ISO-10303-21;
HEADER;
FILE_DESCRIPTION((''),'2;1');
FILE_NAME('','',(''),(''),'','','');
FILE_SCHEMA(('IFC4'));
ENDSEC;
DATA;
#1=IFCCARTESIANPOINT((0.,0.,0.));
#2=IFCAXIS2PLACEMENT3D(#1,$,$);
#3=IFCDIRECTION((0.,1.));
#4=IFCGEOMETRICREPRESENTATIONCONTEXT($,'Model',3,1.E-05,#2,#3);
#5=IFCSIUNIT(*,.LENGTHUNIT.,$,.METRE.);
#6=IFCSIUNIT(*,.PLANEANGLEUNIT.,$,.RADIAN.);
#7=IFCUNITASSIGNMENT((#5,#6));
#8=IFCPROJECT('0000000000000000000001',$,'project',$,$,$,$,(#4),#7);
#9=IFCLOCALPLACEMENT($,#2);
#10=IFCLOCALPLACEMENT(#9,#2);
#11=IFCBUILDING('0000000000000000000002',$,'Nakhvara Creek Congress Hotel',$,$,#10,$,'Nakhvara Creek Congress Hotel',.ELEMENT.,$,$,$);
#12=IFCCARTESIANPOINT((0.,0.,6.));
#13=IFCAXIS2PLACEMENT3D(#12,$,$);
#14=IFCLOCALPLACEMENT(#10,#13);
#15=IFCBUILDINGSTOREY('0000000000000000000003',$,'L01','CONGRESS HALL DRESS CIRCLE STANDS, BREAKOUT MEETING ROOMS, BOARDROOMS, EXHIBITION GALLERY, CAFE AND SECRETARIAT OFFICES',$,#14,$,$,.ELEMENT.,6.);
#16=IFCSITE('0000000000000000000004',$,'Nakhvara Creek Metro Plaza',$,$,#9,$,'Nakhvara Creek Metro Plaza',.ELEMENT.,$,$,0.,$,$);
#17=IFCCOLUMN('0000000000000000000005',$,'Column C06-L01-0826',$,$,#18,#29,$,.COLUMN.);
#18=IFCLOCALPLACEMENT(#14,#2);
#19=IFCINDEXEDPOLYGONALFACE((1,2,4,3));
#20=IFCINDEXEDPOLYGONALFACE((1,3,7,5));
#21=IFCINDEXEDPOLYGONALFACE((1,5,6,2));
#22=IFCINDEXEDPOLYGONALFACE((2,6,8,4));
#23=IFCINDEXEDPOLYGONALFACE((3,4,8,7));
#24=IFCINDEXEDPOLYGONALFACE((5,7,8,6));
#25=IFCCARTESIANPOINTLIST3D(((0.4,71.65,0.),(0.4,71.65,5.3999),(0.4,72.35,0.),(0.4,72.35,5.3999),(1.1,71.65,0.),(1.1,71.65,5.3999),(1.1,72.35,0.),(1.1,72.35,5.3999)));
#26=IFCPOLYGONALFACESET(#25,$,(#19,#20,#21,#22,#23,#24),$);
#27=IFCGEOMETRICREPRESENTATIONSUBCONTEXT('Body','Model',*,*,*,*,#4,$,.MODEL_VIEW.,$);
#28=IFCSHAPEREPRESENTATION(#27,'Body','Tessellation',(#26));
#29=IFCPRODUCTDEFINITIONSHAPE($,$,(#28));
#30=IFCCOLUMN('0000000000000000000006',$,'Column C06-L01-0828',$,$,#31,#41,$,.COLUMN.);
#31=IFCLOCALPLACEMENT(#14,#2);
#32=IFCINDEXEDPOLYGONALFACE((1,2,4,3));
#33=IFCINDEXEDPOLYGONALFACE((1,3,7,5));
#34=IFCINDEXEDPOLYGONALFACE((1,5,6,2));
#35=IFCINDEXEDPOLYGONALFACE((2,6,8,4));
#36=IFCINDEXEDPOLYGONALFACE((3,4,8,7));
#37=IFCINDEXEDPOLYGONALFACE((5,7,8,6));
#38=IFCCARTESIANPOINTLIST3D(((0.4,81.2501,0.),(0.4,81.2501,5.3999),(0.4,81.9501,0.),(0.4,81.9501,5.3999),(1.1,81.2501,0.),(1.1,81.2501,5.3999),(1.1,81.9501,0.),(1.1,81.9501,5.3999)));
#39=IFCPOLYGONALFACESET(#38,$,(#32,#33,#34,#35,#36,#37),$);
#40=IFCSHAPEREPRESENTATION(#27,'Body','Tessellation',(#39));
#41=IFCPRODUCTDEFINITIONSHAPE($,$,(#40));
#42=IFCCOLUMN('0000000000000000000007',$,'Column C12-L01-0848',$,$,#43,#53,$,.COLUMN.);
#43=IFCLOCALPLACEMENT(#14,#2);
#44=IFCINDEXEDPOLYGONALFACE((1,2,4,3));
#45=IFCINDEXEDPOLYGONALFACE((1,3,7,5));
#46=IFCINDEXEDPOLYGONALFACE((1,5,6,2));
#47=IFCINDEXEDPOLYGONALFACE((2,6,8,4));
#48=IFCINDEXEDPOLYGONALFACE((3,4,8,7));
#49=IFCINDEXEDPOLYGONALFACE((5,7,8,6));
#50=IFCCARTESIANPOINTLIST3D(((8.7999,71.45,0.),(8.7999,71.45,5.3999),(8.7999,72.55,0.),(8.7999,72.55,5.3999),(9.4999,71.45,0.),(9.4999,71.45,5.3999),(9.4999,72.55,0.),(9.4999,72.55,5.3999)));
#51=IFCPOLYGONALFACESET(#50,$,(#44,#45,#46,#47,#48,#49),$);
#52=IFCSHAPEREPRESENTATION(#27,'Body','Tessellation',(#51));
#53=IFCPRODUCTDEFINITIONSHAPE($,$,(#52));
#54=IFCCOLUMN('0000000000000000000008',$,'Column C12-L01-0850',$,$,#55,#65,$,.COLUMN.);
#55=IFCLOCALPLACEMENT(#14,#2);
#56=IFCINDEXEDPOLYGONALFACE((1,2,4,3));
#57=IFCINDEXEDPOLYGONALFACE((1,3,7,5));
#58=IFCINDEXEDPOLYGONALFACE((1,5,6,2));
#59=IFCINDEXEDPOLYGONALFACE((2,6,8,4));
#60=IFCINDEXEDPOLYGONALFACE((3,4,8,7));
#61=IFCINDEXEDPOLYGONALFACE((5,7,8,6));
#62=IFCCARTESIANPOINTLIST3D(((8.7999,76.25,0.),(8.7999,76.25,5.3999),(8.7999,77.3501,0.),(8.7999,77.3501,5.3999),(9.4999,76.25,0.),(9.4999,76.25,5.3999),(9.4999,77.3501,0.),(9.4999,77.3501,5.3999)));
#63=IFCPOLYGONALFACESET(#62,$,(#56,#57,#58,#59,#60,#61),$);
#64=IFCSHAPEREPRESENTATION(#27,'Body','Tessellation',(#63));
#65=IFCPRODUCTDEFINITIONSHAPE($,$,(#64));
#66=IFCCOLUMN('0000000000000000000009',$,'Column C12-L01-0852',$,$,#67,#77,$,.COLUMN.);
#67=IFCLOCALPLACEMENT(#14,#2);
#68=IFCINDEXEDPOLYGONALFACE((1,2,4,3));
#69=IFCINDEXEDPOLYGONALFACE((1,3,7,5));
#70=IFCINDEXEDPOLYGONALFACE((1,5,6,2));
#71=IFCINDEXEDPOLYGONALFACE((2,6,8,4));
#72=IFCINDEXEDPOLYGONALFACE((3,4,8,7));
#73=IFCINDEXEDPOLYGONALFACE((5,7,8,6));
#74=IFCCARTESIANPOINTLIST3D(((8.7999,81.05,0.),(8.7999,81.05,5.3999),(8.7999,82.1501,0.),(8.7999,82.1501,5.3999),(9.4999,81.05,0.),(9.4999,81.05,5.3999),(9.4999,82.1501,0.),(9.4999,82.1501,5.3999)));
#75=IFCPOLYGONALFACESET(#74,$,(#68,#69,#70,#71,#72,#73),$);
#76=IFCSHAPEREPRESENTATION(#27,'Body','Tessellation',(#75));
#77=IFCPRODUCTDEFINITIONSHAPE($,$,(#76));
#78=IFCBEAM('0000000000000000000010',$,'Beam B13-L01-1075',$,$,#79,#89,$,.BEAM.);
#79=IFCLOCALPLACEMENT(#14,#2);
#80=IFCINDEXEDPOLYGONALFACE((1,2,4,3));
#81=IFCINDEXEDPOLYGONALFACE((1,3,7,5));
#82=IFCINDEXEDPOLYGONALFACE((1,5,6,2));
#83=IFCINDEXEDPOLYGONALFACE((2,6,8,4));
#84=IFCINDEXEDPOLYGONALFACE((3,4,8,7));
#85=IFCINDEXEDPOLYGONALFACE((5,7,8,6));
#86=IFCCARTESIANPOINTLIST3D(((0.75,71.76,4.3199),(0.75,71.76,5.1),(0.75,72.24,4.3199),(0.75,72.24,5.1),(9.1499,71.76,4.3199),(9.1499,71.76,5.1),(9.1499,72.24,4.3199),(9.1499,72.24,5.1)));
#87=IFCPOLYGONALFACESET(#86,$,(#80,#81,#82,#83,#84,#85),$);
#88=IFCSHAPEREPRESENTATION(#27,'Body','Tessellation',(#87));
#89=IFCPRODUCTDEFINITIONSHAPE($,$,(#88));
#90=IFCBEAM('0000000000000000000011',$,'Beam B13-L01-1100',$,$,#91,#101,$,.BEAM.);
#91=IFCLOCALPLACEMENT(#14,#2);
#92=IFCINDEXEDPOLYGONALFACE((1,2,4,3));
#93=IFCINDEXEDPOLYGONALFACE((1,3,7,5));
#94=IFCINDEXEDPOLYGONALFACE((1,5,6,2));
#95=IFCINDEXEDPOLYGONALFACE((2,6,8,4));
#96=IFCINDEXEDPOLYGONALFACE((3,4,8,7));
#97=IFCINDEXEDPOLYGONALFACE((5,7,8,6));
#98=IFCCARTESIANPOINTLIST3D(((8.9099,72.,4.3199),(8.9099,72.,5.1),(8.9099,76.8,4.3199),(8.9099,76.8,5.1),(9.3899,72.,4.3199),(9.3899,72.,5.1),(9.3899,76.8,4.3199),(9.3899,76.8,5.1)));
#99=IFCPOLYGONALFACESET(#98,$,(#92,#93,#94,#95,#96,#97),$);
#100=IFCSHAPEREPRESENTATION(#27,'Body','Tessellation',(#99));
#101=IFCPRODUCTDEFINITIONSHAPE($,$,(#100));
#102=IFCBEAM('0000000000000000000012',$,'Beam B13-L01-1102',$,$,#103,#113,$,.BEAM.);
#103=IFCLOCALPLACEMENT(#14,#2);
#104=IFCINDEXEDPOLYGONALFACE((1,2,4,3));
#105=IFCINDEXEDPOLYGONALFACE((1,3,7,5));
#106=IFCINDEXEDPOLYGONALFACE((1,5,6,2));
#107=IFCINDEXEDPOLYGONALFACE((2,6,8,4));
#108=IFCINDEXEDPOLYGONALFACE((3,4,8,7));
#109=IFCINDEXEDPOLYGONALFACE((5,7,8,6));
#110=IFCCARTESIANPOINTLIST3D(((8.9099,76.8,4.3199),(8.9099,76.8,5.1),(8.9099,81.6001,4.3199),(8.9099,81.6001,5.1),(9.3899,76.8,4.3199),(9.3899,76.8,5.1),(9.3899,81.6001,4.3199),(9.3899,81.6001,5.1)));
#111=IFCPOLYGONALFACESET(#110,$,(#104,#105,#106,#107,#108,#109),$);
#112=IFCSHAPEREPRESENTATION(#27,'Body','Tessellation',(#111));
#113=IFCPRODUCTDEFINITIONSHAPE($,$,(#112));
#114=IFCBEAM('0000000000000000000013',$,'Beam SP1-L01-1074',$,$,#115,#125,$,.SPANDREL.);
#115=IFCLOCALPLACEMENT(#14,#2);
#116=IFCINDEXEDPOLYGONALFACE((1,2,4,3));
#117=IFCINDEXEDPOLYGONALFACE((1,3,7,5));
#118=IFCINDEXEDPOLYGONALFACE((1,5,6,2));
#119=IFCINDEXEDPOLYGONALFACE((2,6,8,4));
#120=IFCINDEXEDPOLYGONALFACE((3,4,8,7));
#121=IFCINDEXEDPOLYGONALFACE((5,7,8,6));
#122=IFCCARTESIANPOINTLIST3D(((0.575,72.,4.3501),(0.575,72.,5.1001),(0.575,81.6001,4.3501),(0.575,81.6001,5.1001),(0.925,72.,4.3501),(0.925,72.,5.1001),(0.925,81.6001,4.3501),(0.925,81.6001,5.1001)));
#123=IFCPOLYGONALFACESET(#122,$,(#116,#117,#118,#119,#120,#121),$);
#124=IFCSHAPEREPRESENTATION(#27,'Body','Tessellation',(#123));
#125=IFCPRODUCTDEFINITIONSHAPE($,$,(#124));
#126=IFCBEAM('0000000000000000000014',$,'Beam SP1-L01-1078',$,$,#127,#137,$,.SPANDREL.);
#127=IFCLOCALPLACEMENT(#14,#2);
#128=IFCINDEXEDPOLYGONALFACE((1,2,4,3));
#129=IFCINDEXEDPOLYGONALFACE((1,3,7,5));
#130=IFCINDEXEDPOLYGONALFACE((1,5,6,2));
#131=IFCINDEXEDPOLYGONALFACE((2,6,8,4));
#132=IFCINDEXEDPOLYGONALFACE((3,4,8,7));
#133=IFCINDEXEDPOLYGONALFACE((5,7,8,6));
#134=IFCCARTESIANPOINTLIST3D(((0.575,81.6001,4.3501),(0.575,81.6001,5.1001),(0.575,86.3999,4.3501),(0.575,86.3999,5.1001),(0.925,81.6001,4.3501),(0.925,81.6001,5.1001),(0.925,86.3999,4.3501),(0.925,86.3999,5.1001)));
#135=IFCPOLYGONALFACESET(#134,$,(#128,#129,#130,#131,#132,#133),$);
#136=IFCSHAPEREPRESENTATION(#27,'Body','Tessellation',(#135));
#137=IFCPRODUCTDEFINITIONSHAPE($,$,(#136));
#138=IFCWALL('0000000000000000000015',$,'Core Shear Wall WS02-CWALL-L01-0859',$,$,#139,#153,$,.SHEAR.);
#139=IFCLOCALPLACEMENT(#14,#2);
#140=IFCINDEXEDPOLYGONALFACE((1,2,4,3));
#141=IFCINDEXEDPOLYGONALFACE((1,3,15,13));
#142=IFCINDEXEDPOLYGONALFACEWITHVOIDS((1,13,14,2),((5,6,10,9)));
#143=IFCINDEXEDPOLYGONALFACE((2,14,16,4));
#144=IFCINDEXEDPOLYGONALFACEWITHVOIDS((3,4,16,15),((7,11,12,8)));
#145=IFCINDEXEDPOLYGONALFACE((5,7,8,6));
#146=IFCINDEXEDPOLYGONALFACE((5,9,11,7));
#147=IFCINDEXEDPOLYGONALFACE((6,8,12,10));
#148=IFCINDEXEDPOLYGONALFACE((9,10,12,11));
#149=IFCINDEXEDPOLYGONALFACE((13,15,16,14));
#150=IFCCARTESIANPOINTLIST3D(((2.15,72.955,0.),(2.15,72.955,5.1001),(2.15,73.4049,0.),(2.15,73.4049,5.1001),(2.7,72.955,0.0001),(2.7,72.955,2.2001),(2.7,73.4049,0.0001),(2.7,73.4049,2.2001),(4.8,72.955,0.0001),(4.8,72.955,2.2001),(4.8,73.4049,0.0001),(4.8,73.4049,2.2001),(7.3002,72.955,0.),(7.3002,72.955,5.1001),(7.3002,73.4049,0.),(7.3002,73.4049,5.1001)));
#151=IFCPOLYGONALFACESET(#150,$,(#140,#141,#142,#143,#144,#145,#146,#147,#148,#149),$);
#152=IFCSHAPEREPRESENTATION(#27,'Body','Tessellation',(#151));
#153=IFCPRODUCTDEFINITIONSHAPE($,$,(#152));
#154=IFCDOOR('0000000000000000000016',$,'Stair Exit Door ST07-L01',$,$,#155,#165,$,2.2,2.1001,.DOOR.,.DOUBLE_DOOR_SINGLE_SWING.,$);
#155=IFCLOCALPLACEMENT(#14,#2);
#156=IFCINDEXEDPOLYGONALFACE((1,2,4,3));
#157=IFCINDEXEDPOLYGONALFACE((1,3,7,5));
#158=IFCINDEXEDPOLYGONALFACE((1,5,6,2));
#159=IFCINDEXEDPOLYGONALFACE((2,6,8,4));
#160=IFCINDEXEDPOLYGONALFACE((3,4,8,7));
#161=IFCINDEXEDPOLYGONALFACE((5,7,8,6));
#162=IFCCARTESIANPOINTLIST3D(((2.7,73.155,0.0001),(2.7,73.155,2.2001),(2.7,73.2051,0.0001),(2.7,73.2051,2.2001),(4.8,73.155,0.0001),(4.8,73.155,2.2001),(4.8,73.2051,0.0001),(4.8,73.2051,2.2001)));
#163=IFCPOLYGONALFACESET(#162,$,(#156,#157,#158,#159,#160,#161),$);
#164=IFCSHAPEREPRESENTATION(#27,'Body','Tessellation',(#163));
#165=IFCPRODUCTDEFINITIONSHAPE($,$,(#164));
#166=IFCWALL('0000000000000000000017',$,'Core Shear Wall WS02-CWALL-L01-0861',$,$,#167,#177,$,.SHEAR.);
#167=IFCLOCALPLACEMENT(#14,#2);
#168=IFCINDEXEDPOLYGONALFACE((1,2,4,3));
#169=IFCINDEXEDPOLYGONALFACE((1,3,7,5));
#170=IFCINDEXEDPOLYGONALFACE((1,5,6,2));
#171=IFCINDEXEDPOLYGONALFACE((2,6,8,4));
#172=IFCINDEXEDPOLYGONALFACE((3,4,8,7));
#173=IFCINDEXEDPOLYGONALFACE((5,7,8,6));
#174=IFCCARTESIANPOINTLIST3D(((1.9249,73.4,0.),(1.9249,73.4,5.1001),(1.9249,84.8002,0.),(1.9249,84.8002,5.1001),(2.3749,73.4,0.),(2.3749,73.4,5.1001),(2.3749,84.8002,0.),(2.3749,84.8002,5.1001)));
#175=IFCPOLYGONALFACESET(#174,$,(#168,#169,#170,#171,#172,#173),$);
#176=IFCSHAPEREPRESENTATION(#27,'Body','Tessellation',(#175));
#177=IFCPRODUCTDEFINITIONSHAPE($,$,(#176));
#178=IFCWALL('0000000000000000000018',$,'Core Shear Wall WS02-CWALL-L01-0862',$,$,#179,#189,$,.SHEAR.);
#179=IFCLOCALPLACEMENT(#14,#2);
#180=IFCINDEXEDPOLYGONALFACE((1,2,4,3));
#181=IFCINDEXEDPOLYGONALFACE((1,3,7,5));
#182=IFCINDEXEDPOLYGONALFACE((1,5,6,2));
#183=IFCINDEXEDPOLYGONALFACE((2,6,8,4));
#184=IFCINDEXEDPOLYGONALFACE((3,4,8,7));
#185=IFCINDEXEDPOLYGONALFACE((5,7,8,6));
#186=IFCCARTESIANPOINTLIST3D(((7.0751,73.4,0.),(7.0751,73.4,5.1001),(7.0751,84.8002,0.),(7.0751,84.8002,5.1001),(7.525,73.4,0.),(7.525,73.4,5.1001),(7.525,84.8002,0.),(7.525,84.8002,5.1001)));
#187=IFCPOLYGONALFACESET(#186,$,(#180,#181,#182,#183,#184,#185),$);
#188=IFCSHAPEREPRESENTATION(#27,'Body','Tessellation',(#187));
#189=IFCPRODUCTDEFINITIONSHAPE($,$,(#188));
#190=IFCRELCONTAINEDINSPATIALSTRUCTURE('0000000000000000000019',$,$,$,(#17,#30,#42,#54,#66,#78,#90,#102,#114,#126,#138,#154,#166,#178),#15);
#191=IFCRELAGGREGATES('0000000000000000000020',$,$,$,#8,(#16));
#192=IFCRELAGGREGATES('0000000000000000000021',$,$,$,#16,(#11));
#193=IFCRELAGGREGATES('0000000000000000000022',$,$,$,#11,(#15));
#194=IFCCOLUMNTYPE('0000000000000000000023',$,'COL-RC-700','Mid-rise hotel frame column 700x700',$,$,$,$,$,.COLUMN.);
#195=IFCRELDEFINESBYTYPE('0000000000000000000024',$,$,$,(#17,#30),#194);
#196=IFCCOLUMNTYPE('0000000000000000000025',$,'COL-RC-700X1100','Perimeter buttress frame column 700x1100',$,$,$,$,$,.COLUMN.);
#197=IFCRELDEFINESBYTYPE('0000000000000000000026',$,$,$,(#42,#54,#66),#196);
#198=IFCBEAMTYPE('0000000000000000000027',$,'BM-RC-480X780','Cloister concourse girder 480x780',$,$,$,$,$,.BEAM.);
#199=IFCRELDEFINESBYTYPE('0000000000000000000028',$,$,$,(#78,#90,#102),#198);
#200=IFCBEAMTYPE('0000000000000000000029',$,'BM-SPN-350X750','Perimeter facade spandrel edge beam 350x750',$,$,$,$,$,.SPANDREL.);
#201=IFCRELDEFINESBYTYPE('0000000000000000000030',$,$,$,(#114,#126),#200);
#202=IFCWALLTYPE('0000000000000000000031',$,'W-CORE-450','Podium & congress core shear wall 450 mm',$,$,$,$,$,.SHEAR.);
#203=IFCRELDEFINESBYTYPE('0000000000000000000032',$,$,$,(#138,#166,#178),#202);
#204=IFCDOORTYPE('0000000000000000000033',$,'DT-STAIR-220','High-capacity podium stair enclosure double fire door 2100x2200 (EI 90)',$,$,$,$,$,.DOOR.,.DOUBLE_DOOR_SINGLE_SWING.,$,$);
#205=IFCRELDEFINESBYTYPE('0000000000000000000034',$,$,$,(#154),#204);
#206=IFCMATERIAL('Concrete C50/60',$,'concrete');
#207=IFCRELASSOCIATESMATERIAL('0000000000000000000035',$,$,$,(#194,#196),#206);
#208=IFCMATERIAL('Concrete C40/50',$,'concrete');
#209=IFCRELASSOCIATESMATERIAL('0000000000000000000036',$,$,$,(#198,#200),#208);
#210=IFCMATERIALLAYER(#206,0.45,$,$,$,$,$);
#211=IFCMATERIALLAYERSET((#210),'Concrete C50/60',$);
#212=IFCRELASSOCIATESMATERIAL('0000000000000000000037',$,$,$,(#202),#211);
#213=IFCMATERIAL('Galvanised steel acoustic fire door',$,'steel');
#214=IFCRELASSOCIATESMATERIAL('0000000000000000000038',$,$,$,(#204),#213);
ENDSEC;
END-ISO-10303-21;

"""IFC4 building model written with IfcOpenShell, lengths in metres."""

from ifc_helpers import new_model, si_unit, direction, frame, frame_2d, origin, origin_2d, place, context, subcontext, project, spatial, rectangle, extrude, material, layer, layer_set, material_profile, profile_set, type_object, element, fill, save


model = new_model("IFC4")

# Units and contexts
model_context = context("Model", 3, precision=1e-05, world=origin(), true_north=direction((0.0, 1.0)))
body_context = subcontext(model_context, "Body", "Model", "MODEL_VIEW")
ifc_project = project(units=[si_unit("LENGTHUNIT", "METRE"), si_unit("PLANEANGLEUNIT", "RADIAN")], contexts=[model_context])

# Site, building, storey
site_placement = place(None, origin())
site = spatial("IfcSite", under=ifc_project, at=site_placement, Name="Nakhvara Creek Metro Plaza", LongName="Nakhvara Creek Metro Plaza", CompositionType="ELEMENT", RefElevation=0.0)
building_placement = place(site_placement, origin())
building = spatial("IfcBuilding", under=site, at=building_placement, Name="Nakhvara Creek Congress Hotel", LongName="Nakhvara Creek Congress Hotel", CompositionType="ELEMENT")
storey_placement = place(building_placement, frame((0.0, 0.0, 6.0)))
storey = spatial("IfcBuildingStorey", under=building, at=storey_placement, Name="L01", Description="CONGRESS HALL DRESS CIRCLE STANDS, BREAKOUT MEETING ROOMS, BOARDROOMS, EXHIBITION GALLERY, CAFE AND SECRETARIAT OFFICES", CompositionType="ELEMENT", Elevation=6.0)

# Columns
ifc_material_1 = material(Name="Concrete C50/60", Category="concrete")
ifc_material_profile_1 = material_profile(ifc_material_1, rectangle(XDim=0.7, YDim=0.7, at=origin_2d()), Name="RC-COL 700x700", Category="LoadBearing")
ifc_profile_set_1 = profile_set([ifc_material_profile_1], Name="Concrete C50/60")
column_type_1 = type_object("IfcColumnType", Name="COL-RC-700", Description="Mid-rise hotel frame column 700x700", PredefinedType="COLUMN", material=ifc_profile_set_1)
for number, where, z_axis, x_axis, name in (
    (1, (0.75, 72.0, 0.0), (0.0, 0.0, 1.0), (1.0, 0.0, 0.0), "Column C06-L01-0826"),
    (2, (0.75, 81.6001, 0.0), (0.0, 0.0, 1.0), (1.0, 0.0, 0.0), "Column C06-L01-0828"),
):
    element("IfcColumn", number, at=place(storey_placement, frame(where, z_axis=z_axis, x_axis=x_axis)), inside=storey, type_object=column_type_1, Name=name, PredefinedType="COLUMN", context=body_context, shape_type="SweptSolid", body=[
        extrude(rectangle(XDim=0.7, YDim=0.7, at=origin_2d()), origin(), (0.0, 0.0, 1.0), 5.3999),
    ])
ifc_material_profile_2 = material_profile(ifc_material_1, rectangle(XDim=0.7, YDim=1.1001, at=origin_2d()), Name="RC-COL 700x1100", Category="LoadBearing")
ifc_profile_set_2 = profile_set([ifc_material_profile_2], Name="Concrete C50/60")
column_type_2 = type_object("IfcColumnType", Name="COL-RC-700X1100", Description="Perimeter buttress frame column 700x1100", PredefinedType="COLUMN", material=ifc_profile_set_2)
for number, where, z_axis, x_axis, name in (
    (3, (9.1499, 72.0, 0.0), (0.0, 0.0, 1.0), (1.0, 0.0, 0.0), "Column C12-L01-0848"),
    (4, (9.1499, 76.8, 0.0), (0.0, 0.0, 1.0), (1.0, 0.0, 0.0), "Column C12-L01-0850"),
    (5, (9.1499, 81.6001, 0.0), (0.0, 0.0, 1.0), (1.0, 0.0, 0.0), "Column C12-L01-0852"),
):
    element("IfcColumn", number, at=place(storey_placement, frame(where, z_axis=z_axis, x_axis=x_axis)), inside=storey, type_object=column_type_2, Name=name, PredefinedType="COLUMN", context=body_context, shape_type="SweptSolid", body=[
        extrude(rectangle(XDim=0.7, YDim=1.1001, at=origin_2d()), origin(), (0.0, 0.0, 1.0), 5.3999),
    ])

# Beams
ifc_material_2 = material(Name="Concrete C40/50", Category="concrete")
ifc_material_profile_3 = material_profile(ifc_material_2, rectangle(XDim=0.48, YDim=0.78, at=origin_2d()), Name="RC-BM 480x780", Category="LoadBearing")
ifc_profile_set_3 = profile_set([ifc_material_profile_3], Name="Concrete C40/50")
beam_type_1 = type_object("IfcBeamType", Name="BM-RC-480X780", Description="Cloister concourse girder 480x780", PredefinedType="BEAM", material=ifc_profile_set_3)
beam_1_placement = place(storey_placement, frame((0.75, 72.0, 4.71), z_axis=(1.0, 0.0, 0.0), x_axis=(0.0, 1.0, 0.0)))
element("IfcBeam", 6, at=beam_1_placement, inside=storey, type_object=beam_type_1, Name="Beam B13-L01-1075", PredefinedType="BEAM", context=body_context, shape_type="SweptSolid", body=[
    extrude(rectangle(XDim=0.48, YDim=0.78, at=origin_2d()), origin(), (0.0, 0.0, 1.0), 8.3999),
])
for number, where, z_axis, x_axis, name in (
    (7, (9.1499, 72.0, 4.71), (0.0, 1.0, 0.0), (-1.0, 0.0, 0.0), "Beam B13-L01-1100"),
    (8, (9.1499, 76.8, 4.71), (0.0, 1.0, 0.0), (-1.0, 0.0, 0.0), "Beam B13-L01-1102"),
):
    element("IfcBeam", number, at=place(storey_placement, frame(where, z_axis=z_axis, x_axis=x_axis)), inside=storey, type_object=beam_type_1, Name=name, PredefinedType="BEAM", context=body_context, shape_type="SweptSolid", body=[
        extrude(rectangle(XDim=0.48, YDim=0.78, at=origin_2d()), origin(), (0.0, 0.0, 1.0), 4.8),
    ])
ifc_material_profile_4 = material_profile(ifc_material_2, rectangle(XDim=0.3501, YDim=0.75, at=origin_2d()), Name="RC-SPANDREL 350x750", Category="LoadBearing")
ifc_profile_set_4 = profile_set([ifc_material_profile_4], Name="Concrete C40/50")
beam_type_2 = type_object("IfcBeamType", Name="BM-SPN-350X750", Description="Perimeter facade spandrel edge beam 350x750", PredefinedType="SPANDREL", material=ifc_profile_set_4)
beam_2_placement = place(storey_placement, frame((0.75, 72.0, 4.7251), z_axis=(0.0, 1.0, 0.0), x_axis=(-1.0, 0.0, 0.0)))
element("IfcBeam", 9, at=beam_2_placement, inside=storey, type_object=beam_type_2, Name="Beam SP1-L01-1074", PredefinedType="SPANDREL", context=body_context, shape_type="SweptSolid", body=[
    extrude(rectangle(XDim=0.3501, YDim=0.75, at=origin_2d()), origin(), (0.0, 0.0, 1.0), 9.6001),
])
beam_3_placement = place(storey_placement, frame((0.75, 81.6001, 4.7251), z_axis=(0.0, 1.0, 0.0), x_axis=(-1.0, 0.0, 0.0)))
element("IfcBeam", 10, at=beam_3_placement, inside=storey, type_object=beam_type_2, Name="Beam SP1-L01-1078", PredefinedType="SPANDREL", context=body_context, shape_type="SweptSolid", body=[
    extrude(rectangle(XDim=0.3501, YDim=0.75, at=origin_2d()), origin(), (0.0, 0.0, 1.0), 4.7998),
])

# Wall, opening, door
ifc_layer_1 = layer(ifc_material_1, 0.45)
ifc_layer_set_1 = layer_set([ifc_layer_1], Name="Concrete C50/60")
wall_type = type_object("IfcWallType", Name="W-CORE-450", Description="Podium & congress core shear wall 450 mm", PredefinedType="SHEAR", material=ifc_layer_set_1)
wall_placement = place(storey_placement, frame((2.1499, 73.1799, 0.0), z_axis=(0.0, 0.0, 1.0), x_axis=(1.0, 0.0, 0.0)))
wall = element("IfcWall", 11, at=wall_placement, inside=storey, type_object=wall_type, Name="Core Shear Wall WS02-CWALL-L01-0859", PredefinedType="SHEAR", context=body_context, shape_type="SweptSolid", body=[
    extrude(rectangle(XDim=5.1501, YDim=0.45, at=frame_2d((2.5752, 0.0))), origin(), (0.0, 0.0, 1.0), 5.1001),
])
opening_placement = place(wall_placement, frame((0.55, 0.0, 0.0)))
opening = element("IfcOpeningElement", 12, at=opening_placement, cuts=wall, PredefinedType="OPENING", context=body_context, shape_type="SweptSolid", body=[
    extrude(rectangle(XDim=2.1001, YDim=2.2, at=frame_2d((1.05, 1.1001))), frame((0.0, 0.2368, 0.0), z_axis=(0.0, -1.0, 0.0), x_axis=(1.0, 0.0, 0.0)), (0.0, 0.0, 1.0), 0.4739),
])
ifc_material_3 = material(Name="Galvanised steel acoustic fire door", Category="steel")
door_type = type_object("IfcDoorType", Name="DT-STAIR-220", Description="High-capacity podium stair enclosure double fire door 2100x2200 (EI 90)", OperationType="DOUBLE_DOOR_SINGLE_SWING", PredefinedType="DOOR", material=ifc_material_3)
door_placement = place(opening_placement, frame((2.1001, 0.0, 0.0), z_axis=(0.0, 0.0, 1.0), x_axis=(-1.0, 0.0, 0.0)))
door = element("IfcDoor", 13, at=door_placement, inside=storey, type_object=door_type, Name="Stair Exit Door ST07-L01", OperationType="DOUBLE_DOOR_SINGLE_SWING", OverallHeight=2.2, OverallWidth=2.1001, PredefinedType="DOOR", context=body_context, shape_type="SweptSolid", body=[
    extrude(rectangle(XDim=2.1001, YDim=2.2, at=frame_2d((1.05, 1.1001))), frame((0.0, 0.0249, 0.0), z_axis=(0.0, -1.0, 0.0), x_axis=(1.0, 0.0, 0.0)), (0.0, 0.0, 1.0), 0.05),
])
fill(opening, door)

# Walls
for number, where, z_axis, x_axis, name in (
    (14, (2.1499, 73.3999, 0.0), (0.0, 0.0, 1.0), (0.0, 1.0, 0.0), "Core Shear Wall WS02-CWALL-L01-0861"),
    (15, (7.3, 73.3999, 0.0), (0.0, 0.0, 1.0), (0.0, 1.0, 0.0), "Core Shear Wall WS02-CWALL-L01-0862"),
):
    element("IfcWall", number, at=place(storey_placement, frame(where, z_axis=z_axis, x_axis=x_axis)), inside=storey, type_object=wall_type, Name=name, PredefinedType="SHEAR", context=body_context, shape_type="SweptSolid", body=[
        extrude(rectangle(XDim=11.4001, YDim=0.45, at=frame_2d((5.7002, 0.0))), origin(), (0.0, 0.0, 1.0), 5.1001),
    ])

save(model, "model.ifc")
